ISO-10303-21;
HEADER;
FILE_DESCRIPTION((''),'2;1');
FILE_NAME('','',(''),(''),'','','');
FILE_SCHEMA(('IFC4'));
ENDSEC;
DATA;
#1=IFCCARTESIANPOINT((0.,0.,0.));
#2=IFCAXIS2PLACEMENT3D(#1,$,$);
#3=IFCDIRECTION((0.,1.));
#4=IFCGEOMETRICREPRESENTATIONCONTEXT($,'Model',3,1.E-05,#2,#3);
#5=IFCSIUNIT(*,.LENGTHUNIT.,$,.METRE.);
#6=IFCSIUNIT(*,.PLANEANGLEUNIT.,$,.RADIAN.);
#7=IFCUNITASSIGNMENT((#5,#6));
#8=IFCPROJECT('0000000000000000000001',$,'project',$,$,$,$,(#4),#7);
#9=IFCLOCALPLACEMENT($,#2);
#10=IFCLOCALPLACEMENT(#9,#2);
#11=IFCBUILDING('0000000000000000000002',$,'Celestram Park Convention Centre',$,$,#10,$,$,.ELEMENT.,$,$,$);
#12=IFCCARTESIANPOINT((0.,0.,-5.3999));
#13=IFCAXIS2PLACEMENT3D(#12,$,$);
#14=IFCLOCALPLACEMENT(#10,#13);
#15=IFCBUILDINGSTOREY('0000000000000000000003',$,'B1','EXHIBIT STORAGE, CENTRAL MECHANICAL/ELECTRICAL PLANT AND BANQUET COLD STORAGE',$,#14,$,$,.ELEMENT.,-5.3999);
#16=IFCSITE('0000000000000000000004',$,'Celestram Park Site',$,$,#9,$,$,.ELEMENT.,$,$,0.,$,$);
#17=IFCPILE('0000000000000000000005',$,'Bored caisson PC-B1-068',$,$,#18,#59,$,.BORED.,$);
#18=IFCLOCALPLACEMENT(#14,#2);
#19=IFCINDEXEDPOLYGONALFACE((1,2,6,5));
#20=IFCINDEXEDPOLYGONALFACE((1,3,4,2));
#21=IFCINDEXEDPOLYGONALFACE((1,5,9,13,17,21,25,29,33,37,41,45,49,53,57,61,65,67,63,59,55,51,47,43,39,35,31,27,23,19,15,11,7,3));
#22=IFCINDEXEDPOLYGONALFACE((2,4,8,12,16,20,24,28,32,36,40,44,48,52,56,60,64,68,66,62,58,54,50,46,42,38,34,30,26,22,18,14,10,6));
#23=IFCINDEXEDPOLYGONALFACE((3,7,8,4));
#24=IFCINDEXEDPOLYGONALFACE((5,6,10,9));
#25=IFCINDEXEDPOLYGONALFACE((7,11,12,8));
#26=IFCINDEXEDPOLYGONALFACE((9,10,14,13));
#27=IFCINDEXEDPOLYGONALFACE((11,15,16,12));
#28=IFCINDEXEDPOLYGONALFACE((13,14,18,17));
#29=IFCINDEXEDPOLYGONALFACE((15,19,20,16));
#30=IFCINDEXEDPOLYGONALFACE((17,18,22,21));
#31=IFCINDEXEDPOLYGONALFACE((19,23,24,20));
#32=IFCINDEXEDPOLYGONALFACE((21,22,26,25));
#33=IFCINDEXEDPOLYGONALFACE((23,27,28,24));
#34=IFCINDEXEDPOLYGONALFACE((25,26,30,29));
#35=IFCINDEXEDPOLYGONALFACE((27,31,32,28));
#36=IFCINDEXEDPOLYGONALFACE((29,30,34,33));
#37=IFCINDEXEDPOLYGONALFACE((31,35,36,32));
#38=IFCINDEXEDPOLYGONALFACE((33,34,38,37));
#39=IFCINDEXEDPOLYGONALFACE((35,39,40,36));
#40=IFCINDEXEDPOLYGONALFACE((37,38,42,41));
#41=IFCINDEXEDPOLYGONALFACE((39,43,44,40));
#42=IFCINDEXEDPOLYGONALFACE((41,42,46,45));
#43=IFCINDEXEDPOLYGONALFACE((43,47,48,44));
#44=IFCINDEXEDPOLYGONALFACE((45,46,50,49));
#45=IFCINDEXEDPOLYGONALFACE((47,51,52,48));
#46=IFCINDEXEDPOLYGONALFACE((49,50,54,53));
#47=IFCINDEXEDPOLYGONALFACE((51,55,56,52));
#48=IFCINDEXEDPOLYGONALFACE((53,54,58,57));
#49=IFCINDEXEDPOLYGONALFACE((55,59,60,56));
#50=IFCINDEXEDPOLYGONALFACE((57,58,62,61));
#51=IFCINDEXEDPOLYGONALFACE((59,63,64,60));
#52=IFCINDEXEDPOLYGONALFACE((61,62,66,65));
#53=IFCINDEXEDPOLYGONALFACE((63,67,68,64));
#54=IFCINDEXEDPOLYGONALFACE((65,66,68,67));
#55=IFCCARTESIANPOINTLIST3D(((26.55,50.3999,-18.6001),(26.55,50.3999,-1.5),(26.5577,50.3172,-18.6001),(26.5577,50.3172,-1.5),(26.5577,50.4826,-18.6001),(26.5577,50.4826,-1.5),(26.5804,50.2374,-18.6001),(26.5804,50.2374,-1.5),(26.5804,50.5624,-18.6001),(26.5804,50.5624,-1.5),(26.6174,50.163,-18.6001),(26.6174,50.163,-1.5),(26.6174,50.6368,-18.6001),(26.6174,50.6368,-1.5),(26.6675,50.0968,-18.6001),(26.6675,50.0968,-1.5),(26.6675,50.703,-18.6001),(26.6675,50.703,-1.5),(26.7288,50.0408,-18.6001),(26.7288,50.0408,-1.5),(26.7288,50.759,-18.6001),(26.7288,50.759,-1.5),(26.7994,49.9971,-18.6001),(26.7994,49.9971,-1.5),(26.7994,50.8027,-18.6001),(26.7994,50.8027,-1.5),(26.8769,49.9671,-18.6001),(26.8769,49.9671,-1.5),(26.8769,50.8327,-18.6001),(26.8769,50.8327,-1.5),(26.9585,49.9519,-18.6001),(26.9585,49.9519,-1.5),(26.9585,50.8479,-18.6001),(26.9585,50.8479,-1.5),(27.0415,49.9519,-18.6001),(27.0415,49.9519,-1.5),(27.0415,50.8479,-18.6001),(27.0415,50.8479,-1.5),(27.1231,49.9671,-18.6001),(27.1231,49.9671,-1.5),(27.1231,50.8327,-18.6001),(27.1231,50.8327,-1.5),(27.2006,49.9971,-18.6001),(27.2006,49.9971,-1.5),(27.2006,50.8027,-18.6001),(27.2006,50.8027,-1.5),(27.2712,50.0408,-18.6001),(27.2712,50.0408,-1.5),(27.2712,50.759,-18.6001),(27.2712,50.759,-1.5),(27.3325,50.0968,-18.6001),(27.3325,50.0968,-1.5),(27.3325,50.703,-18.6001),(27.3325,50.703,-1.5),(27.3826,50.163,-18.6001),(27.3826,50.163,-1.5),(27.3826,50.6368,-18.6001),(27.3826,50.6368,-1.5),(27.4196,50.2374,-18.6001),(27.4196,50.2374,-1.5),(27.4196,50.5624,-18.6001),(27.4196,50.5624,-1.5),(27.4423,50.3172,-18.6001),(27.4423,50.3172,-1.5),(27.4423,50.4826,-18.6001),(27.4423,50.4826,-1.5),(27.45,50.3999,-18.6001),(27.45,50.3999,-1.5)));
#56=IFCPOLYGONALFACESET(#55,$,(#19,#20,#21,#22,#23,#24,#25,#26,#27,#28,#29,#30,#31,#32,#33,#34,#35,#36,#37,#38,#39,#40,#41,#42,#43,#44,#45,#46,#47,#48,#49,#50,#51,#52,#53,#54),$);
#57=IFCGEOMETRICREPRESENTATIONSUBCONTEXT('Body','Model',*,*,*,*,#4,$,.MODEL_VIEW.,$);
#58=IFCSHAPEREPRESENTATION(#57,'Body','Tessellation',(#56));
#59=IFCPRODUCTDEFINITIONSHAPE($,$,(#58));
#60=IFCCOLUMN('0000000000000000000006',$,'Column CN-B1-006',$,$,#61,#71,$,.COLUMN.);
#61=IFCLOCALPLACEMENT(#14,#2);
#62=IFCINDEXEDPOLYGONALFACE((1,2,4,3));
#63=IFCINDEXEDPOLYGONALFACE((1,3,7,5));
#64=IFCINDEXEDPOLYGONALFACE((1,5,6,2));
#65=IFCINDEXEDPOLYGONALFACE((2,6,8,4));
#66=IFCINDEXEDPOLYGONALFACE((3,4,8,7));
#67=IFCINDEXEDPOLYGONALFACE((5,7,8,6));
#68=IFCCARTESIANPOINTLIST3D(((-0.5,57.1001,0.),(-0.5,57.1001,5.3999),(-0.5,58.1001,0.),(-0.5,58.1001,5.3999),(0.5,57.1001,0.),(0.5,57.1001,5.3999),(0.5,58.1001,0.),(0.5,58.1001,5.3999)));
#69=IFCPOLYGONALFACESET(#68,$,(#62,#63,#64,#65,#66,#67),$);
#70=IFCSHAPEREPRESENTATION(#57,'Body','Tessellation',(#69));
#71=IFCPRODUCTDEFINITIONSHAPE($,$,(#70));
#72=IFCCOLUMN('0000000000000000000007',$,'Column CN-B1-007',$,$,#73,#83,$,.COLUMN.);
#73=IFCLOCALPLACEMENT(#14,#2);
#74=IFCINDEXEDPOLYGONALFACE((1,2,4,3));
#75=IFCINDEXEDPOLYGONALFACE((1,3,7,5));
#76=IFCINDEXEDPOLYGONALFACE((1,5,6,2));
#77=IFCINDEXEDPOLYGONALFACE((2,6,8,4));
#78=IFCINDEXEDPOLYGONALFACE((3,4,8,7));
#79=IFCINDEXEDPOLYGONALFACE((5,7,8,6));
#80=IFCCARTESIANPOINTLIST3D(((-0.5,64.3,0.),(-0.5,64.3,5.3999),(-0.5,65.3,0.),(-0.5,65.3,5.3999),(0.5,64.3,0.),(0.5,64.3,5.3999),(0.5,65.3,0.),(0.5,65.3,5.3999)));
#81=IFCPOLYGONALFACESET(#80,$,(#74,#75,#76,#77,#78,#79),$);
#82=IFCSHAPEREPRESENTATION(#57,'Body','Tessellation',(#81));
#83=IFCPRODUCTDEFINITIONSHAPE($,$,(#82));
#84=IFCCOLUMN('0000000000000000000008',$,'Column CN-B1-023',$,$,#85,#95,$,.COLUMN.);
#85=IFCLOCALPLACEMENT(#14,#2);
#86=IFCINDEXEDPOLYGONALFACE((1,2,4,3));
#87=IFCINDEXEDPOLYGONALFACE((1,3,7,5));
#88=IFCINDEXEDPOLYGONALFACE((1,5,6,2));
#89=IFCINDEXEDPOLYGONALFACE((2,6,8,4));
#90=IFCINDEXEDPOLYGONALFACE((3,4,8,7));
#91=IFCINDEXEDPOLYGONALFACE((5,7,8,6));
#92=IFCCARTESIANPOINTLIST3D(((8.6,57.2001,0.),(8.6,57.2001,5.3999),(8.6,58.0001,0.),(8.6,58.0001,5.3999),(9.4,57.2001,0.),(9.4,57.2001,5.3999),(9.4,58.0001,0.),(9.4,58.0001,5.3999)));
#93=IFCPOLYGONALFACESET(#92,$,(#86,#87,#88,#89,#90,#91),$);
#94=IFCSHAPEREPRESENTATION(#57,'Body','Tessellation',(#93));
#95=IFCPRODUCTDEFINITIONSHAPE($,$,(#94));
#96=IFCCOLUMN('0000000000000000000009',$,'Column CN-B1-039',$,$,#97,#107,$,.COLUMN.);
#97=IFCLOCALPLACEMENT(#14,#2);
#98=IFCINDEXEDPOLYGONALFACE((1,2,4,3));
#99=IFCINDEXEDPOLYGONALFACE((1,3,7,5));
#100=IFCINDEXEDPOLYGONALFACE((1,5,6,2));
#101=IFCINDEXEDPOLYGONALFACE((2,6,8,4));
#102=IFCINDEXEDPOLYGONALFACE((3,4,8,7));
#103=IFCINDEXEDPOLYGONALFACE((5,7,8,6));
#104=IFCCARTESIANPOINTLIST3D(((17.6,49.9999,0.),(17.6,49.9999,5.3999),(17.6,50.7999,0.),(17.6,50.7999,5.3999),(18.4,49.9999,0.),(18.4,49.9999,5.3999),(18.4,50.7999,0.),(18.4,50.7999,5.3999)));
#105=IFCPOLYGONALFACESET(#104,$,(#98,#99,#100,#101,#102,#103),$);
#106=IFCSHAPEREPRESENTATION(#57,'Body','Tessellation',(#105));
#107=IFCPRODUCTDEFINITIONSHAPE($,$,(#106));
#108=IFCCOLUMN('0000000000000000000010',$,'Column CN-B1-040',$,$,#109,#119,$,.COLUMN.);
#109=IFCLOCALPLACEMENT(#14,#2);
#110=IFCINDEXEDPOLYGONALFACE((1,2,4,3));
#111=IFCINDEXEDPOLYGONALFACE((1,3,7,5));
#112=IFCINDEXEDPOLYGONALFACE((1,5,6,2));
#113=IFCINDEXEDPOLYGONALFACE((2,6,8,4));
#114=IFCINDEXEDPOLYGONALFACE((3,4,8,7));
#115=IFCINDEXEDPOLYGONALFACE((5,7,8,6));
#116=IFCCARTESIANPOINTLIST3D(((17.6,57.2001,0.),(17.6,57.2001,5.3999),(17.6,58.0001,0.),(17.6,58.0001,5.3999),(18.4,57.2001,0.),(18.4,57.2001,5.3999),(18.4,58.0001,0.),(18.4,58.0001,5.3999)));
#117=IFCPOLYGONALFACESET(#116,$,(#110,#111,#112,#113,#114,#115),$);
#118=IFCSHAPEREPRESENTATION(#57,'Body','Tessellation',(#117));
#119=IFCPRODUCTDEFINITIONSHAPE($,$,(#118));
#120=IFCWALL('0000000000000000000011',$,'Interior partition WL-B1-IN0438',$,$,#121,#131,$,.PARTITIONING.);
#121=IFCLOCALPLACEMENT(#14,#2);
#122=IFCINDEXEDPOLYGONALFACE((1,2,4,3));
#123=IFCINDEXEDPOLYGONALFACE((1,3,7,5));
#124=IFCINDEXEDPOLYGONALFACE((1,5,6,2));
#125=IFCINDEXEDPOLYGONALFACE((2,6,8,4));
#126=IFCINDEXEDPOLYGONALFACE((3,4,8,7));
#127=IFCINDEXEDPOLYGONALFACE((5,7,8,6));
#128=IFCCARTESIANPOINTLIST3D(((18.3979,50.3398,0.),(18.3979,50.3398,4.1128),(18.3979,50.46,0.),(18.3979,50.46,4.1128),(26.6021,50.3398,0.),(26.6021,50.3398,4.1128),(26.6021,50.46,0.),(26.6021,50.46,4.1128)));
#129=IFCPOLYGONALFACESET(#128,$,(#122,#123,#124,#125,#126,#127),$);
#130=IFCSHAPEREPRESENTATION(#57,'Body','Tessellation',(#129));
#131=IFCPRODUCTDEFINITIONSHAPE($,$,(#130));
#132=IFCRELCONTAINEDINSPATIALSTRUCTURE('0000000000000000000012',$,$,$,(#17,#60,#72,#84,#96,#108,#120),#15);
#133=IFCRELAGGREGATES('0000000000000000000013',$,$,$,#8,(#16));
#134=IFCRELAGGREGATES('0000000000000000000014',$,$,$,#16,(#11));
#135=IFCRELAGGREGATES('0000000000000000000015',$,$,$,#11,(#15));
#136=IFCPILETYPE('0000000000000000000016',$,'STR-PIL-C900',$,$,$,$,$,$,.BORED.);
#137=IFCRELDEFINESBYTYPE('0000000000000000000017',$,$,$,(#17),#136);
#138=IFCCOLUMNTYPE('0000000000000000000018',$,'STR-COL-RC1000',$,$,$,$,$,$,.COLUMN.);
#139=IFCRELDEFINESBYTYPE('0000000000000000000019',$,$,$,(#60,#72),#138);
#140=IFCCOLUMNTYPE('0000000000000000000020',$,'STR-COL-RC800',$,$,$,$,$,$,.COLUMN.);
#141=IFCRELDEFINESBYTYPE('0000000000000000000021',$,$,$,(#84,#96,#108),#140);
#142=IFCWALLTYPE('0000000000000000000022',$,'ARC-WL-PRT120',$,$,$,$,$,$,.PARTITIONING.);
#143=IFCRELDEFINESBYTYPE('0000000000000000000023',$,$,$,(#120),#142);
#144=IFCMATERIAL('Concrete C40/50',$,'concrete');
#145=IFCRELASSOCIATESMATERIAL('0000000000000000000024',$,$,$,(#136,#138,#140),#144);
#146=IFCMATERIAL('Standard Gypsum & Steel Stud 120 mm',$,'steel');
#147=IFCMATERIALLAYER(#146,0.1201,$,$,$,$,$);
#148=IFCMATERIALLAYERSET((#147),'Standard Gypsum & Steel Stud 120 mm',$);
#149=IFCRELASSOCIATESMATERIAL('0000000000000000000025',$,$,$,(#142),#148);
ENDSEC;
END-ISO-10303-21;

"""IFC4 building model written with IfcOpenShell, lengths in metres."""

from ifc_helpers import new_model, si_unit, direction, frame, frame_2d, origin, origin_2d, place, context, subcontext, project, spatial, rectangle, circle, extrude, material, layer, layer_set, material_profile, profile_set, type_object, element, save


model = new_model("IFC4")

# Units and contexts
model_context = context("Model", 3, precision=1e-05, world=origin(), true_north=direction((0.0, 1.0)))
body_context = subcontext(model_context, "Body", "Model", "MODEL_VIEW")
ifc_project = project(units=[si_unit("LENGTHUNIT", "METRE"), si_unit("PLANEANGLEUNIT", "RADIAN")], contexts=[model_context])

# Site, building, storey
site_placement = place(None, origin())
site = spatial("IfcSite", under=ifc_project, at=site_placement, Name="Celestram Park Site", CompositionType="ELEMENT", RefElevation=0.0)
building_placement = place(site_placement, origin())
building = spatial("IfcBuilding", under=site, at=building_placement, Name="Celestram Park Convention Centre", CompositionType="ELEMENT")
storey_placement = place(building_placement, frame((0.0, 0.0, -5.3999)))
storey = spatial("IfcBuildingStorey", under=building, at=storey_placement, Name="B1", Description="EXHIBIT STORAGE, CENTRAL MECHANICAL/ELECTRICAL PLANT AND BANQUET COLD STORAGE", CompositionType="ELEMENT", Elevation=-5.3999)

# Shared definitions
ifc_material_1 = material(Name="Concrete C40/50", Category="concrete")

# Pile
ifc_material_profile_1 = material_profile(ifc_material_1, circle(Radius=0.45, at=origin_2d()), Name="CAISSON900")
ifc_profile_set_1 = profile_set([ifc_material_profile_1], Name="Concrete C40/50")
pile_type_1 = type_object("IfcPileType", Name="STR-PIL-C900", PredefinedType="BORED", material=ifc_profile_set_1)
for number, where, z_axis, x_axis, name in (
    (1, (27.0, 50.3999, -1.5), (0.0, 0.0, -1.0), (1.0, 0.0, 0.0), "Bored caisson PC-B1-068"),
):
    element("IfcPile", number, at=place(storey_placement, frame(where, z_axis=z_axis, x_axis=x_axis)), inside=storey, type_object=pile_type_1, Name=name, PredefinedType="BORED", context=body_context, shape_type="SweptSolid", body=[
        extrude(circle(Radius=0.45, at=origin_2d()), origin(), (0.0, 0.0, 1.0), 17.1001),
    ])

# Columns
ifc_material_profile_2 = material_profile(ifc_material_1, rectangle(XDim=1.0, YDim=1.0, at=origin_2d()), Name="RC1000X1000")
ifc_profile_set_2 = profile_set([ifc_material_profile_2], Name="Concrete C40/50")
column_type_1 = type_object("IfcColumnType", Name="STR-COL-RC1000", PredefinedType="COLUMN", material=ifc_profile_set_2)
for number, where, z_axis, x_axis, name in (
    (2, (0.0, 57.6001, 0.0), (0.0, 0.0, 1.0), (1.0, 0.0, 0.0), "Column CN-B1-006"),
    (3, (0.0, 64.8, 0.0), (0.0, 0.0, 1.0), (1.0, 0.0, 0.0), "Column CN-B1-007"),
):
    element("IfcColumn", number, at=place(storey_placement, frame(where, z_axis=z_axis, x_axis=x_axis)), inside=storey, type_object=column_type_1, Name=name, PredefinedType="COLUMN", context=body_context, shape_type="SweptSolid", body=[
        extrude(rectangle(XDim=1.0, YDim=1.0, at=origin_2d()), origin(), (0.0, 0.0, 1.0), 5.3999),
    ])
ifc_material_profile_3 = material_profile(ifc_material_1, rectangle(XDim=0.8, YDim=0.8, at=origin_2d()), Name="RC800X800")
ifc_profile_set_3 = profile_set([ifc_material_profile_3], Name="Concrete C40/50")
column_type_2 = type_object("IfcColumnType", Name="STR-COL-RC800", PredefinedType="COLUMN", material=ifc_profile_set_3)
for number, where, z_axis, x_axis, name in (
    (4, (9.0, 57.6001, 0.0), (0.0, 0.0, 1.0), (1.0, 0.0, 0.0), "Column CN-B1-023"),
    (5, (18.0, 50.3999, 0.0), (0.0, 0.0, 1.0), (1.0, 0.0, 0.0), "Column CN-B1-039"),
    (6, (18.0, 57.6001, 0.0), (0.0, 0.0, 1.0), (1.0, 0.0, 0.0), "Column CN-B1-040"),
):
    element("IfcColumn", number, at=place(storey_placement, frame(where, z_axis=z_axis, x_axis=x_axis)), inside=storey, type_object=column_type_2, Name=name, PredefinedType="COLUMN", context=body_context, shape_type="SweptSolid", body=[
        extrude(rectangle(XDim=0.8, YDim=0.8, at=origin_2d()), origin(), (0.0, 0.0, 1.0), 5.3999),
    ])

# Wall
ifc_material_2 = material(Name="Standard Gypsum & Steel Stud 120 mm", Category="steel")
ifc_layer = layer(ifc_material_2, 0.1201)
ifc_layer_set = layer_set([ifc_layer], Name="Standard Gypsum & Steel Stud 120 mm")
wall_type = type_object("IfcWallType", Name="ARC-WL-PRT120", PredefinedType="PARTITIONING", material=ifc_layer_set)
wall_placement = place(storey_placement, frame((18.3979, 50.3999, 0.0), z_axis=(0.0, 0.0, 1.0), x_axis=(1.0, 0.0, 0.0)))
element("IfcWall", 7, at=wall_placement, inside=storey, type_object=wall_type, Name="Interior partition WL-B1-IN0438", PredefinedType="PARTITIONING", context=body_context, shape_type="SweptSolid", body=[
    extrude(rectangle(XDim=8.2041, YDim=0.1201, at=frame_2d((4.1021, 0.0))), origin(), (0.0, 0.0, 1.0), 4.1128),
])

save(model, "model.ifc")
